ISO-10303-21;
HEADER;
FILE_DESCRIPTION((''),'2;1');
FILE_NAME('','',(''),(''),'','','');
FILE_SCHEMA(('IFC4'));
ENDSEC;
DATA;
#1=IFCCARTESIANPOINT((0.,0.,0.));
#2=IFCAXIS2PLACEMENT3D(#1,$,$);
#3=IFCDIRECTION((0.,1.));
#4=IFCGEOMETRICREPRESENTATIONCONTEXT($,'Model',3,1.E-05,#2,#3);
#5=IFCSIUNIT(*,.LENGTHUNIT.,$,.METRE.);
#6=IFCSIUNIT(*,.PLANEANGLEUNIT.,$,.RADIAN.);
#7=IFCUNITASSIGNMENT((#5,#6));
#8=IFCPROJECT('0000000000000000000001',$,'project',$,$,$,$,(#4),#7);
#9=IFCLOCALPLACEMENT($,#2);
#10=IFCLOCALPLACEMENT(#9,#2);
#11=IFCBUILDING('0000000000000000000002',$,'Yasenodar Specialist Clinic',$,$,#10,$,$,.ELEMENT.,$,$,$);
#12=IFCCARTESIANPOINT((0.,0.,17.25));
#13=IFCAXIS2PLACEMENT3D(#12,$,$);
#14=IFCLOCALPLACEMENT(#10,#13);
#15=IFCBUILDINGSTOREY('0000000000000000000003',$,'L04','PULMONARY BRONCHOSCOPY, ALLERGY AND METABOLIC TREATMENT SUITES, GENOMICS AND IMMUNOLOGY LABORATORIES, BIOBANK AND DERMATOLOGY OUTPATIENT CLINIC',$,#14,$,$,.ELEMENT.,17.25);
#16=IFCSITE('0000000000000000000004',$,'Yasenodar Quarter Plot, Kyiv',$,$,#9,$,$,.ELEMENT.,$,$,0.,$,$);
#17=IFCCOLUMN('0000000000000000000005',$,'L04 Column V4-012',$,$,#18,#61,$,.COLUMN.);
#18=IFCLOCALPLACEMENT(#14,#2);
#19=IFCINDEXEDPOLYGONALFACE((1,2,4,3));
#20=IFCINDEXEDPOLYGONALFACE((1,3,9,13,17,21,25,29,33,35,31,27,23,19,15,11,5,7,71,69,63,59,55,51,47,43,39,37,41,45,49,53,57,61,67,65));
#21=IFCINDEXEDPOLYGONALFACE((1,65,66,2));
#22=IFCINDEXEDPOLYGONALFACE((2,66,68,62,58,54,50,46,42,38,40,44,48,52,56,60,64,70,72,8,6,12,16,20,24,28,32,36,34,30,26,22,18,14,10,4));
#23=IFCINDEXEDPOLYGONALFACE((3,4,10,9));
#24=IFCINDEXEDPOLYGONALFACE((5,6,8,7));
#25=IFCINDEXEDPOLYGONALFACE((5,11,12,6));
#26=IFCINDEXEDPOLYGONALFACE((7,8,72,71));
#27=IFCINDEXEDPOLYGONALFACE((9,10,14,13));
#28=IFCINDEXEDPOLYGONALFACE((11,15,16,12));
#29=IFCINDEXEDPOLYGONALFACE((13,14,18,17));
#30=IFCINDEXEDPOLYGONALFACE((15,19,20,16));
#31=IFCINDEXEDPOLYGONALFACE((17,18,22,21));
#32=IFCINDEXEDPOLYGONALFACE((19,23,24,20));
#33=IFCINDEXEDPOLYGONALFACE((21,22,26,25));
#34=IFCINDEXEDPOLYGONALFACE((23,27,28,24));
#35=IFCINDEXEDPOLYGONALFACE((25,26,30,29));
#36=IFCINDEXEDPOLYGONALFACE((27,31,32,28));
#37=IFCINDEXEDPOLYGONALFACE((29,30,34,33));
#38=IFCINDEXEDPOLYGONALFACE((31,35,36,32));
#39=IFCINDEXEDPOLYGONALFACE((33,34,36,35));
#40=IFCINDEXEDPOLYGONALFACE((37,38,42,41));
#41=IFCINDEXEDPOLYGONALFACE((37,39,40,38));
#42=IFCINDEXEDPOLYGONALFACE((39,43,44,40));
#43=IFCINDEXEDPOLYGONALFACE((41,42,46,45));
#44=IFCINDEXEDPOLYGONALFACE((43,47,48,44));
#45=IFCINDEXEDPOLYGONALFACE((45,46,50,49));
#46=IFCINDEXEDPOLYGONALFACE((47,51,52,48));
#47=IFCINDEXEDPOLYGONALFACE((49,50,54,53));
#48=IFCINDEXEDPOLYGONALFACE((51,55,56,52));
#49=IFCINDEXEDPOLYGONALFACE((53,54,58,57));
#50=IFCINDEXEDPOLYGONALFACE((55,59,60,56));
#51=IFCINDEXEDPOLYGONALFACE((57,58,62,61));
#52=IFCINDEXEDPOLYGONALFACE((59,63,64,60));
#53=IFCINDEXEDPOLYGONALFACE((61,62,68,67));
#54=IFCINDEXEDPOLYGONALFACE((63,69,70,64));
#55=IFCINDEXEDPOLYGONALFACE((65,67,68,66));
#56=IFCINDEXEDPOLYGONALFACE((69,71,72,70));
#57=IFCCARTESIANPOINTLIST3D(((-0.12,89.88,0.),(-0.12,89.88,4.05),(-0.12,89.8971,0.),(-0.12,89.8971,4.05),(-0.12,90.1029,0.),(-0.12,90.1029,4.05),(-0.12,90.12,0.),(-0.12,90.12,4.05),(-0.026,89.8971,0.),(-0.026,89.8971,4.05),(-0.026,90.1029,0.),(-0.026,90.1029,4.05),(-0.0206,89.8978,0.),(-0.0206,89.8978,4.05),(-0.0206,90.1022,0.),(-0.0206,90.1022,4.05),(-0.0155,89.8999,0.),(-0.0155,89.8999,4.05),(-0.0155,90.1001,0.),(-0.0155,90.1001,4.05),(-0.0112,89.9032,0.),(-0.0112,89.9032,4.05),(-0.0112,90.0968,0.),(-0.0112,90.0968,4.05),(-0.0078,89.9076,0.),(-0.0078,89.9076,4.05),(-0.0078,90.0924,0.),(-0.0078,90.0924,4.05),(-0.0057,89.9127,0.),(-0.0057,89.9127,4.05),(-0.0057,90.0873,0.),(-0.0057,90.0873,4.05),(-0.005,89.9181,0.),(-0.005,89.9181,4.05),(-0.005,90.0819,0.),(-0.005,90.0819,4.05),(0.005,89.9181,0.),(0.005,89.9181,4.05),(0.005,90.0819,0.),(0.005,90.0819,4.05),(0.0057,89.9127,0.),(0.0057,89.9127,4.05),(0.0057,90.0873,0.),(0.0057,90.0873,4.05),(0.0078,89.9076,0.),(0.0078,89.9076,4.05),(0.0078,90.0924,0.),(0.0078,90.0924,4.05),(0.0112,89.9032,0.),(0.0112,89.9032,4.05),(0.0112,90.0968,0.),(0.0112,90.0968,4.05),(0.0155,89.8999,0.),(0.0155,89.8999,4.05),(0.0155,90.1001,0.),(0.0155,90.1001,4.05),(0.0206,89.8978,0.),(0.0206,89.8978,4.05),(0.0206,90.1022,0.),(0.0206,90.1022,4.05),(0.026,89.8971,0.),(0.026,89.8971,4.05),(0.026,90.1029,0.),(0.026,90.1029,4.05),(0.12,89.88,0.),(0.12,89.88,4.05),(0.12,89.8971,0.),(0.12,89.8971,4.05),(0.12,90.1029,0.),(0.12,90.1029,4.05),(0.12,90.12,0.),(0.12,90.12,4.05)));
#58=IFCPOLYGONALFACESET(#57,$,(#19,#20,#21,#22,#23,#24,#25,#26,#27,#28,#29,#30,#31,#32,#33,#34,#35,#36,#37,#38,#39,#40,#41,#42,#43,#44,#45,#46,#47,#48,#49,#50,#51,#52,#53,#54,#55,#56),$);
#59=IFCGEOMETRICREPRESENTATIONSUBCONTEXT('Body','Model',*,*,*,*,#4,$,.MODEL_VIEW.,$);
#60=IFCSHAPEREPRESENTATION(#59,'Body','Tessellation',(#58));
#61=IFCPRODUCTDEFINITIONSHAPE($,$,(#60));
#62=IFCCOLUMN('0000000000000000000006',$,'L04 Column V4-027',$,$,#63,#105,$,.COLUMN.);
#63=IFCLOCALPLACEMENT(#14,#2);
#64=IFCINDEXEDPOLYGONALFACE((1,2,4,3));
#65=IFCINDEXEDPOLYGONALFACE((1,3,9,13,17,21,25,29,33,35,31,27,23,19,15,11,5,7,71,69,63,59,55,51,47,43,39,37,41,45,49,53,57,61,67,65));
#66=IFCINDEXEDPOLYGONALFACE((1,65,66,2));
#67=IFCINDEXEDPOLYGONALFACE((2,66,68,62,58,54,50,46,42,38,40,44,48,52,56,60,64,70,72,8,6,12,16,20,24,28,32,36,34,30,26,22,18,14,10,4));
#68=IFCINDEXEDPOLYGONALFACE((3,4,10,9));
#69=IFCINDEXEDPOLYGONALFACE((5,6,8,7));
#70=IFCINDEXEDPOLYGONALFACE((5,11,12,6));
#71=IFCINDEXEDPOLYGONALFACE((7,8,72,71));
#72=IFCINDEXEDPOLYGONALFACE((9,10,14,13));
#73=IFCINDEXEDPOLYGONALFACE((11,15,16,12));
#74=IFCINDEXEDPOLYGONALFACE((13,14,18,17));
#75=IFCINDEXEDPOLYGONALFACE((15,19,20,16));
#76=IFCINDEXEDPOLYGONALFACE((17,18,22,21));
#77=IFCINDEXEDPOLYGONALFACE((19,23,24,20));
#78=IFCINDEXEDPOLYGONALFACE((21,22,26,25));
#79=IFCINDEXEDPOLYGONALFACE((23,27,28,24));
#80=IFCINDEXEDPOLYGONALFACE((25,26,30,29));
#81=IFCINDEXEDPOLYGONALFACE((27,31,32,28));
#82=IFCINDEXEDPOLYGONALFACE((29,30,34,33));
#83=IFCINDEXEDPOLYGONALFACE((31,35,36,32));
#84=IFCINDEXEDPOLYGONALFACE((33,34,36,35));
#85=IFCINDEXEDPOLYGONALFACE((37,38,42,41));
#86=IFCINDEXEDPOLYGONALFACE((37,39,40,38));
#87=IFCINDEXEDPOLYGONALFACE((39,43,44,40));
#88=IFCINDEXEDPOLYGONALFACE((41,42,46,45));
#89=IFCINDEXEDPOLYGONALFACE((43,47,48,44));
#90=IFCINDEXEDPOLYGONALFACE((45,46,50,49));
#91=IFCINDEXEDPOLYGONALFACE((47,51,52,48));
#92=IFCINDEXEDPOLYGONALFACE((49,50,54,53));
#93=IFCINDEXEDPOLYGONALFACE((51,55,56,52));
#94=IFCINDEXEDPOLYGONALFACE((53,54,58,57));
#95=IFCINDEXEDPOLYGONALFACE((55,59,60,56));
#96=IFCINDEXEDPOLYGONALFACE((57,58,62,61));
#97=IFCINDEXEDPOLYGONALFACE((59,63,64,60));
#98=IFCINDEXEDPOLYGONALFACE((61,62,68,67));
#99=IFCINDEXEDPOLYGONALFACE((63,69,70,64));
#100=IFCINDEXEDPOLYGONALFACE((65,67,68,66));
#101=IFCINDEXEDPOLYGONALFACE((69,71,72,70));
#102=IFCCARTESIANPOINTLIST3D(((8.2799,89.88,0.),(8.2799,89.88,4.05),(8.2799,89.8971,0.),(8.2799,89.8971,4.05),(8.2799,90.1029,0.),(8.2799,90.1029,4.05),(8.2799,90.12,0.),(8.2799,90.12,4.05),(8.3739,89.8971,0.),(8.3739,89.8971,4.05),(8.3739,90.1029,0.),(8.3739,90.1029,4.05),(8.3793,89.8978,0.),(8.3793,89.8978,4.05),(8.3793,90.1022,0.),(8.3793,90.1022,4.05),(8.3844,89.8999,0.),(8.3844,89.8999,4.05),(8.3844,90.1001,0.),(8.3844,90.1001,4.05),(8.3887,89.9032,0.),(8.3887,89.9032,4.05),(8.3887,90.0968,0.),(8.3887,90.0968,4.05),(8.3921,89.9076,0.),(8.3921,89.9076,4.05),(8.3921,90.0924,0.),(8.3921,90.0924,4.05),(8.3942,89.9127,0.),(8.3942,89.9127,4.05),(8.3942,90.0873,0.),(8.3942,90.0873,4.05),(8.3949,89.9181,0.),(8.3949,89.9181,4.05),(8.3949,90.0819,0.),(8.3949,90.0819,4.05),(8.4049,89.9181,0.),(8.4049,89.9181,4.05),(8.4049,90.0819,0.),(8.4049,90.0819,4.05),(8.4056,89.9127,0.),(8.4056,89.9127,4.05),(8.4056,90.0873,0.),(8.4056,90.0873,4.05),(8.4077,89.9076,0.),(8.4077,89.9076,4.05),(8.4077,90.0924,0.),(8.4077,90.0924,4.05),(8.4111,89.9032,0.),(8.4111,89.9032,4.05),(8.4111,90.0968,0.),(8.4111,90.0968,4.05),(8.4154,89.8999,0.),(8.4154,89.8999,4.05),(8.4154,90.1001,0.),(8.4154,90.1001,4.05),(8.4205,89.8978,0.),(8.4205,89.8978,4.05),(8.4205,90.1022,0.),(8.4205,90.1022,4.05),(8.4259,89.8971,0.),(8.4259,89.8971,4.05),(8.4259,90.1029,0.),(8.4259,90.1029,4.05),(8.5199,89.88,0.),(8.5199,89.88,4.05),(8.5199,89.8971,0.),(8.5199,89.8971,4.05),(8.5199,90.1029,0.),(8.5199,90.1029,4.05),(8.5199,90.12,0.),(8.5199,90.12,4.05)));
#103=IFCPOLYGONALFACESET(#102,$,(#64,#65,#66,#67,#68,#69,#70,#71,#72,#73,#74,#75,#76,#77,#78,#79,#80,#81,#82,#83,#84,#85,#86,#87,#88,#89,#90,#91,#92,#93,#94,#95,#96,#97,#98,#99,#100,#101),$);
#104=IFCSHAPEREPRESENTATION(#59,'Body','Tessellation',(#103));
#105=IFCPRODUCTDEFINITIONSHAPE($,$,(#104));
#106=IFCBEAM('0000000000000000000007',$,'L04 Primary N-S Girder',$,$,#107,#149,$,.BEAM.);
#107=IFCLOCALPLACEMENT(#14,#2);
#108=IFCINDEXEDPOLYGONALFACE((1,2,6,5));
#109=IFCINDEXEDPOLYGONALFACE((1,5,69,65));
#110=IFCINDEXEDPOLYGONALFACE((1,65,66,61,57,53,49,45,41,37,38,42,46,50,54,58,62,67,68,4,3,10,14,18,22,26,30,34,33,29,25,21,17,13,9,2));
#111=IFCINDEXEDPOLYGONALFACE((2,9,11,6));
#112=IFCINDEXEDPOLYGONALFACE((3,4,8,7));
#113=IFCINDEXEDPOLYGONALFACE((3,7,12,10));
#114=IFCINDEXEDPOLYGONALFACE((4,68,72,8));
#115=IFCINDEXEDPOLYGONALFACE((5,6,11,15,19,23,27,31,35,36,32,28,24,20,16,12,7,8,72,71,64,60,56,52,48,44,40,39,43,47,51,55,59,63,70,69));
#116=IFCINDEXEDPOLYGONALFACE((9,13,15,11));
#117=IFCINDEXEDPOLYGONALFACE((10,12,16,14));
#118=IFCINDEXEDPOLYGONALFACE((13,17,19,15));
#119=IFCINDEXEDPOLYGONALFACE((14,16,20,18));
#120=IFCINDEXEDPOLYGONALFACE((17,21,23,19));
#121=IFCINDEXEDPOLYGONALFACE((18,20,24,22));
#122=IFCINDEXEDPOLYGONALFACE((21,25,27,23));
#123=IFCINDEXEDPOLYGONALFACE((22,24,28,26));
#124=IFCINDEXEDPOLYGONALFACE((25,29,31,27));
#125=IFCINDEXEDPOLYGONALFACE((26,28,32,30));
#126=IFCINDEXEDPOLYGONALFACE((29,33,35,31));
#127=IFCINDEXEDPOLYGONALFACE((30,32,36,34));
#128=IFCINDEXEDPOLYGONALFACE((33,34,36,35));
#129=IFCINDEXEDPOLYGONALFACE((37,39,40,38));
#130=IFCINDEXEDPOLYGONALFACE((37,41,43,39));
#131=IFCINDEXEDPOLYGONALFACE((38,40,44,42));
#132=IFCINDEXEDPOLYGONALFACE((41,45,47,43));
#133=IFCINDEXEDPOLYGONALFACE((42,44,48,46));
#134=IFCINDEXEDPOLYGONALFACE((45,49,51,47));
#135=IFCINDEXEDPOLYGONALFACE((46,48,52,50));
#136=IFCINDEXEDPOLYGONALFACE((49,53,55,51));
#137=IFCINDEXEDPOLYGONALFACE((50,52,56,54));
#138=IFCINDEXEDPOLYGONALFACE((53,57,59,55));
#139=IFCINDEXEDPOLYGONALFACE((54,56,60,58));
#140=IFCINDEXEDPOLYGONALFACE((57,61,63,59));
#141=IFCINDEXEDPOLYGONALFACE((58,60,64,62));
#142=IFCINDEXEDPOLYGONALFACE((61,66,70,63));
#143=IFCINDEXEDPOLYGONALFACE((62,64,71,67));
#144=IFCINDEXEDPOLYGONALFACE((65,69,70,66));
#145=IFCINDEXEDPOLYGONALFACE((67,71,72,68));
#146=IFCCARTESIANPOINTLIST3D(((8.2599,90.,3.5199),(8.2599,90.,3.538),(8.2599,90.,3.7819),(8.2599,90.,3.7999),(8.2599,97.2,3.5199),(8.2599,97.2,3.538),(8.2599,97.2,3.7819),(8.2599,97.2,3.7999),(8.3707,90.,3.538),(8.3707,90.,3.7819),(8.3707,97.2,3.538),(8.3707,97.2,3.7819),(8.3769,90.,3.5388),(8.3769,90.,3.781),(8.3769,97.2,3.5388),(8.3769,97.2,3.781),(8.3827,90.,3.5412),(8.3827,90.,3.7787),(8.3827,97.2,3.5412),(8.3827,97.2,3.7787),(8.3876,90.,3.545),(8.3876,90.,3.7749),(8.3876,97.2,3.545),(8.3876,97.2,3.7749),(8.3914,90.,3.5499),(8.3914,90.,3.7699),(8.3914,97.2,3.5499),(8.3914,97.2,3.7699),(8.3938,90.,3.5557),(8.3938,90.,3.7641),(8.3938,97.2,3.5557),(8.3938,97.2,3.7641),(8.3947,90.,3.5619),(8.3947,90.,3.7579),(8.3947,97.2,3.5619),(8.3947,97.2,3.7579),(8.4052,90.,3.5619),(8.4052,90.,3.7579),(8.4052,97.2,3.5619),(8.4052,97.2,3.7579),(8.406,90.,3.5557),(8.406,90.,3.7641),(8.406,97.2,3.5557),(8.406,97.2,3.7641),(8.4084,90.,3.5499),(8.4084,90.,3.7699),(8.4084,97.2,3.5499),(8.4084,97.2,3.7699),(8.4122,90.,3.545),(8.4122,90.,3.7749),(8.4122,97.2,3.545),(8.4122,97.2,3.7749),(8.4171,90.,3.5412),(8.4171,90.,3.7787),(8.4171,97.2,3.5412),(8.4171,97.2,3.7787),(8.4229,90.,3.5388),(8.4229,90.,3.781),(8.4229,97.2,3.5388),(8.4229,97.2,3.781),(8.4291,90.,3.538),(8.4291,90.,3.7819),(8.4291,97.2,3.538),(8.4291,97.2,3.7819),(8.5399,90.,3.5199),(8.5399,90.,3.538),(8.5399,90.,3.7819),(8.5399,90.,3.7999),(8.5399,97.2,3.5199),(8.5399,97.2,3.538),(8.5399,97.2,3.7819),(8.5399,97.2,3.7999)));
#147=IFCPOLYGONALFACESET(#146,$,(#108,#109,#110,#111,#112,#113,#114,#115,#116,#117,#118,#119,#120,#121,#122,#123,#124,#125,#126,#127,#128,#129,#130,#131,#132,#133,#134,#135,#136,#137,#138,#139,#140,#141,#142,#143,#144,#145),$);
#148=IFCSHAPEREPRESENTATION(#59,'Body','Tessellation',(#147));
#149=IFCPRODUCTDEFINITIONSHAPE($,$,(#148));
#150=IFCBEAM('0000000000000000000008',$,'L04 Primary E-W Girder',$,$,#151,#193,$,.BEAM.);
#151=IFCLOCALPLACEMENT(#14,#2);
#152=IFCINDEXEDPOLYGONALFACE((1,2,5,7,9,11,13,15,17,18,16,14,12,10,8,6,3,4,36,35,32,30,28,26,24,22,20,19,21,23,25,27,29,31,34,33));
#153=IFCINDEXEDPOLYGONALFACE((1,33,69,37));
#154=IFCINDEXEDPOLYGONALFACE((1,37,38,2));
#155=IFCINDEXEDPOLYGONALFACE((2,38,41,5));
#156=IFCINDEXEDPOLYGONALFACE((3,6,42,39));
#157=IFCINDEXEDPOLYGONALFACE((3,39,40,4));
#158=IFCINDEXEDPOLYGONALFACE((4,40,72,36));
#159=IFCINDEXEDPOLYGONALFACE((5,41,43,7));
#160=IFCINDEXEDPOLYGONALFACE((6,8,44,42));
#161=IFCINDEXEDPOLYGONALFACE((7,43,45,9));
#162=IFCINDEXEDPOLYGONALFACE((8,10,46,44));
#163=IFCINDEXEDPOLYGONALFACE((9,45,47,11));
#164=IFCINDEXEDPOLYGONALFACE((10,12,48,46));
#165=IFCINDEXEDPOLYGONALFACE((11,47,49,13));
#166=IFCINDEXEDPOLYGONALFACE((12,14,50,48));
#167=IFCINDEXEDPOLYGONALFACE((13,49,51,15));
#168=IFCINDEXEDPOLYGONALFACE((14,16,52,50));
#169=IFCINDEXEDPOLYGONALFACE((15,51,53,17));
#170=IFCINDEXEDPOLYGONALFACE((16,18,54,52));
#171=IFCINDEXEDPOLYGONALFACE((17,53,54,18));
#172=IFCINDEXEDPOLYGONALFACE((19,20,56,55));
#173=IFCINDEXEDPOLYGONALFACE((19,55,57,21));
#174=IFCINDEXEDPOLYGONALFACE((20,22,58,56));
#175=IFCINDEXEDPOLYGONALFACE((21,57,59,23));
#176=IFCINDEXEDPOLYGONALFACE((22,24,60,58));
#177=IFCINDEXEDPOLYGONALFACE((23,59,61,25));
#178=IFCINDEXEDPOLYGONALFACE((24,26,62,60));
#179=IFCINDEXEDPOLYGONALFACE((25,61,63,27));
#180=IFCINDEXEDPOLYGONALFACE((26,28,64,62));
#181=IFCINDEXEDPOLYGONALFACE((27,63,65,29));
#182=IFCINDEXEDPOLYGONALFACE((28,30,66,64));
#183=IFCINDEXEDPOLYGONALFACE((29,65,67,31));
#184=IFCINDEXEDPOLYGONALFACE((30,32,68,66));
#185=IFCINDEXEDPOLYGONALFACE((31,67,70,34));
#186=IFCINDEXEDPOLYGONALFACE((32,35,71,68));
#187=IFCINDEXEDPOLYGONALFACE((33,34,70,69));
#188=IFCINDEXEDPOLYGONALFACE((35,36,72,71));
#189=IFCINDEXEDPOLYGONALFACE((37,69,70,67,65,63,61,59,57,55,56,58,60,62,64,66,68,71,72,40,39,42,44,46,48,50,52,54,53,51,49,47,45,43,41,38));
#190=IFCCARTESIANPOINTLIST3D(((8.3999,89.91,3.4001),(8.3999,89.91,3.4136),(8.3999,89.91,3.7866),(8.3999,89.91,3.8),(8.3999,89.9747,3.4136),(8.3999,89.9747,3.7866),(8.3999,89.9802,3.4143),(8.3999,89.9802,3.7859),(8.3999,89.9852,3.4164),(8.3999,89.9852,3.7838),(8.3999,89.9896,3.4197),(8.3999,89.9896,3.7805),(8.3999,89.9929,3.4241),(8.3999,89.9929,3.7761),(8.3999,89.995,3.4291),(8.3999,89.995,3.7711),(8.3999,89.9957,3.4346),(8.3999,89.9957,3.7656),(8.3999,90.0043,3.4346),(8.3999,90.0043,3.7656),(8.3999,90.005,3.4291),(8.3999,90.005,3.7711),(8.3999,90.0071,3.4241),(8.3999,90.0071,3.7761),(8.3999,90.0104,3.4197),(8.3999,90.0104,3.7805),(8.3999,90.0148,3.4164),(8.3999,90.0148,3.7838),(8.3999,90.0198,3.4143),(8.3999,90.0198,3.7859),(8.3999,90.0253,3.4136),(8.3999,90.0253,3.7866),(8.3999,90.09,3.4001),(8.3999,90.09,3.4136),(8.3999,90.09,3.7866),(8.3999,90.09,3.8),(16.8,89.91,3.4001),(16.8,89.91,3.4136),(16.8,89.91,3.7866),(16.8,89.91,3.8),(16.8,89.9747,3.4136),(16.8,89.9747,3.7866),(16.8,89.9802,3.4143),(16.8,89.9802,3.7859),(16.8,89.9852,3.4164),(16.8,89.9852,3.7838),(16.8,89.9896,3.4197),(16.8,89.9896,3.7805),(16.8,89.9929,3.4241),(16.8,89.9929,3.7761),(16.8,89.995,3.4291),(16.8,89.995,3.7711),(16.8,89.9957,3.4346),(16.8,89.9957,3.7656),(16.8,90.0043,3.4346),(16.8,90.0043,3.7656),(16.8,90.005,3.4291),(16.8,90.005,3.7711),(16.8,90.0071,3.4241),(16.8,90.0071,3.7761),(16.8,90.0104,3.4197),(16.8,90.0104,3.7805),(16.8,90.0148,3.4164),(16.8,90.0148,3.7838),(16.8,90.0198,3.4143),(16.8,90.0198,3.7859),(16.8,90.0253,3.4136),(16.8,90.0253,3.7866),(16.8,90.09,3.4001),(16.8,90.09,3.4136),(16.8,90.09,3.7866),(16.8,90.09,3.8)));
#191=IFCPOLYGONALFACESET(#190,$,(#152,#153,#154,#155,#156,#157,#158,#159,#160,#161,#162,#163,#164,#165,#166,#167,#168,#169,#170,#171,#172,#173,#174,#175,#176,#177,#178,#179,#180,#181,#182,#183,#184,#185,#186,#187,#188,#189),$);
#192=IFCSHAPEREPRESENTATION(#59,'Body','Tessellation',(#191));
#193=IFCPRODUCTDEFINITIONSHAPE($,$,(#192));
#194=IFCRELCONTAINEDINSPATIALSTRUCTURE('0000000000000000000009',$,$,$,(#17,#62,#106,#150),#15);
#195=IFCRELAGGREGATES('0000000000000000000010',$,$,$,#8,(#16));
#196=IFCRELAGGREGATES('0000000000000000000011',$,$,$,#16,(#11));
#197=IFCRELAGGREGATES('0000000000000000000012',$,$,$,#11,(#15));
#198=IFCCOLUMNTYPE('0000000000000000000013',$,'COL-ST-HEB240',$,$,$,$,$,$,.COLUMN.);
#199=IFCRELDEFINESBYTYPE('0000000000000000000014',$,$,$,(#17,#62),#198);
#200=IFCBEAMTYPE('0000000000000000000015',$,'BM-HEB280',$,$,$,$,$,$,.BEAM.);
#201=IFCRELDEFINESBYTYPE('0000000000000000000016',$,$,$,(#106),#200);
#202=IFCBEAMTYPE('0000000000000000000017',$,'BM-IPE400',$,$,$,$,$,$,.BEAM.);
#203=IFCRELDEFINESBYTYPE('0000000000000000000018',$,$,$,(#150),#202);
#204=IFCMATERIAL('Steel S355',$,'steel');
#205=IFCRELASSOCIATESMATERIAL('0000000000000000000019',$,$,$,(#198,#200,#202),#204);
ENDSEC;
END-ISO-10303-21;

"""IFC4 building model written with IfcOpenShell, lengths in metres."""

from ifc_helpers import new_model, si_unit, direction, frame, origin, origin_2d, place, context, subcontext, project, spatial, i_section, extrude, material, material_profile, profile_set, type_object, element, save


model = new_model("IFC4")

# Units and contexts
model_context = context("Model", 3, precision=1e-05, world=origin(), true_north=direction((0.0, 1.0)))
body_context = subcontext(model_context, "Body", "Model", "MODEL_VIEW")
ifc_project = project(units=[si_unit("LENGTHUNIT", "METRE"), si_unit("PLANEANGLEUNIT", "RADIAN")], contexts=[model_context])

# Site, building, storey
site_placement = place(None, origin())
site = spatial("IfcSite", under=ifc_project, at=site_placement, Name="Yasenodar Quarter Plot, Kyiv", CompositionType="ELEMENT", RefElevation=0.0)
building_placement = place(site_placement, origin())
building = spatial("IfcBuilding", under=site, at=building_placement, Name="Yasenodar Specialist Clinic", CompositionType="ELEMENT")
storey_placement = place(building_placement, frame((0.0, 0.0, 17.25)))
storey = spatial("IfcBuildingStorey", under=building, at=storey_placement, Name="L04", Description="PULMONARY BRONCHOSCOPY, ALLERGY AND METABOLIC TREATMENT SUITES, GENOMICS AND IMMUNOLOGY LABORATORIES, BIOBANK AND DERMATOLOGY OUTPATIENT CLINIC", CompositionType="ELEMENT", Elevation=17.25)

# Columns
ifc_material_1 = material(Name="Steel S355", Category="steel")
ifc_material_profile_1 = material_profile(ifc_material_1, i_section(OverallWidth=0.24, OverallDepth=0.24, WebThickness=0.01, FlangeThickness=0.0171, FilletRadius=0.021, at=origin_2d()), Name="HEB 240")
ifc_profile_set_1 = profile_set([ifc_material_profile_1], Name="Steel S355")
column_type = type_object("IfcColumnType", Name="COL-ST-HEB240", PredefinedType="COLUMN", material=ifc_profile_set_1)
for number, where, z_axis, x_axis, name in (
    (1, (0.0, 90.0, 0.0), (0.0, 0.0, 1.0), (1.0, 0.0, 0.0), "L04 Column V4-012"),
    (2, (8.3999, 90.0, 0.0), (0.0, 0.0, 1.0), (1.0, 0.0, 0.0), "L04 Column V4-027"),
):
    element("IfcColumn", number, at=place(storey_placement, frame(where, z_axis=z_axis, x_axis=x_axis)), inside=storey, type_object=column_type, Name=name, PredefinedType="COLUMN", context=body_context, shape_type="SweptSolid", body=[
        extrude(i_section(OverallWidth=0.24, OverallDepth=0.24, WebThickness=0.01, FlangeThickness=0.0171, FilletRadius=0.021, at=origin_2d()), origin(), (0.0, 0.0, 1.0), 4.05),
    ])

# Beams
ifc_material_profile_2 = material_profile(ifc_material_1, i_section(OverallWidth=0.28, OverallDepth=0.28, WebThickness=0.0105, FlangeThickness=0.0181, FilletRadius=0.0239, at=origin_2d()), Name="HEB 280")
ifc_profile_set_2 = profile_set([ifc_material_profile_2], Name="Steel S355")
beam_type_1 = type_object("IfcBeamType", Name="BM-HEB280", PredefinedType="BEAM", material=ifc_profile_set_2)
beam_1_placement = place(storey_placement, frame((8.3999, 90.0, 3.6599), z_axis=(0.0, 1.0, 0.0), x_axis=(-1.0, 0.0, 0.0)))
element("IfcBeam", 3, at=beam_1_placement, inside=storey, type_object=beam_type_1, Name="L04 Primary N-S Girder", PredefinedType="BEAM", context=body_context, shape_type="SweptSolid", body=[
    extrude(i_section(OverallWidth=0.28, OverallDepth=0.28, WebThickness=0.0105, FlangeThickness=0.0181, FilletRadius=0.0239, at=origin_2d()), origin(), (0.0, 0.0, 1.0), 7.2),
])
ifc_material_profile_3 = material_profile(ifc_material_1, i_section(OverallWidth=0.1799, OverallDepth=0.3999, WebThickness=0.0085, FlangeThickness=0.0134, FilletRadius=0.021, at=origin_2d()), Name="IPE 400")
ifc_profile_set_3 = profile_set([ifc_material_profile_3], Name="Steel S355")
beam_type_2 = type_object("IfcBeamType", Name="BM-IPE400", PredefinedType="BEAM", material=ifc_profile_set_3)
beam_2_placement = place(storey_placement, frame((8.3999, 90.0, 3.6001), z_axis=(1.0, 0.0, 0.0), x_axis=(0.0, 1.0, 0.0)))
element("IfcBeam", 4, at=beam_2_placement, inside=storey, type_object=beam_type_2, Name="L04 Primary E-W Girder", PredefinedType="BEAM", context=body_context, shape_type="SweptSolid", body=[
    extrude(i_section(OverallWidth=0.1799, OverallDepth=0.3999, WebThickness=0.0085, FlangeThickness=0.0134, FilletRadius=0.021, at=origin_2d()), origin(), (0.0, 0.0, 1.0), 8.4001),
])

save(model, "model.ifc")
